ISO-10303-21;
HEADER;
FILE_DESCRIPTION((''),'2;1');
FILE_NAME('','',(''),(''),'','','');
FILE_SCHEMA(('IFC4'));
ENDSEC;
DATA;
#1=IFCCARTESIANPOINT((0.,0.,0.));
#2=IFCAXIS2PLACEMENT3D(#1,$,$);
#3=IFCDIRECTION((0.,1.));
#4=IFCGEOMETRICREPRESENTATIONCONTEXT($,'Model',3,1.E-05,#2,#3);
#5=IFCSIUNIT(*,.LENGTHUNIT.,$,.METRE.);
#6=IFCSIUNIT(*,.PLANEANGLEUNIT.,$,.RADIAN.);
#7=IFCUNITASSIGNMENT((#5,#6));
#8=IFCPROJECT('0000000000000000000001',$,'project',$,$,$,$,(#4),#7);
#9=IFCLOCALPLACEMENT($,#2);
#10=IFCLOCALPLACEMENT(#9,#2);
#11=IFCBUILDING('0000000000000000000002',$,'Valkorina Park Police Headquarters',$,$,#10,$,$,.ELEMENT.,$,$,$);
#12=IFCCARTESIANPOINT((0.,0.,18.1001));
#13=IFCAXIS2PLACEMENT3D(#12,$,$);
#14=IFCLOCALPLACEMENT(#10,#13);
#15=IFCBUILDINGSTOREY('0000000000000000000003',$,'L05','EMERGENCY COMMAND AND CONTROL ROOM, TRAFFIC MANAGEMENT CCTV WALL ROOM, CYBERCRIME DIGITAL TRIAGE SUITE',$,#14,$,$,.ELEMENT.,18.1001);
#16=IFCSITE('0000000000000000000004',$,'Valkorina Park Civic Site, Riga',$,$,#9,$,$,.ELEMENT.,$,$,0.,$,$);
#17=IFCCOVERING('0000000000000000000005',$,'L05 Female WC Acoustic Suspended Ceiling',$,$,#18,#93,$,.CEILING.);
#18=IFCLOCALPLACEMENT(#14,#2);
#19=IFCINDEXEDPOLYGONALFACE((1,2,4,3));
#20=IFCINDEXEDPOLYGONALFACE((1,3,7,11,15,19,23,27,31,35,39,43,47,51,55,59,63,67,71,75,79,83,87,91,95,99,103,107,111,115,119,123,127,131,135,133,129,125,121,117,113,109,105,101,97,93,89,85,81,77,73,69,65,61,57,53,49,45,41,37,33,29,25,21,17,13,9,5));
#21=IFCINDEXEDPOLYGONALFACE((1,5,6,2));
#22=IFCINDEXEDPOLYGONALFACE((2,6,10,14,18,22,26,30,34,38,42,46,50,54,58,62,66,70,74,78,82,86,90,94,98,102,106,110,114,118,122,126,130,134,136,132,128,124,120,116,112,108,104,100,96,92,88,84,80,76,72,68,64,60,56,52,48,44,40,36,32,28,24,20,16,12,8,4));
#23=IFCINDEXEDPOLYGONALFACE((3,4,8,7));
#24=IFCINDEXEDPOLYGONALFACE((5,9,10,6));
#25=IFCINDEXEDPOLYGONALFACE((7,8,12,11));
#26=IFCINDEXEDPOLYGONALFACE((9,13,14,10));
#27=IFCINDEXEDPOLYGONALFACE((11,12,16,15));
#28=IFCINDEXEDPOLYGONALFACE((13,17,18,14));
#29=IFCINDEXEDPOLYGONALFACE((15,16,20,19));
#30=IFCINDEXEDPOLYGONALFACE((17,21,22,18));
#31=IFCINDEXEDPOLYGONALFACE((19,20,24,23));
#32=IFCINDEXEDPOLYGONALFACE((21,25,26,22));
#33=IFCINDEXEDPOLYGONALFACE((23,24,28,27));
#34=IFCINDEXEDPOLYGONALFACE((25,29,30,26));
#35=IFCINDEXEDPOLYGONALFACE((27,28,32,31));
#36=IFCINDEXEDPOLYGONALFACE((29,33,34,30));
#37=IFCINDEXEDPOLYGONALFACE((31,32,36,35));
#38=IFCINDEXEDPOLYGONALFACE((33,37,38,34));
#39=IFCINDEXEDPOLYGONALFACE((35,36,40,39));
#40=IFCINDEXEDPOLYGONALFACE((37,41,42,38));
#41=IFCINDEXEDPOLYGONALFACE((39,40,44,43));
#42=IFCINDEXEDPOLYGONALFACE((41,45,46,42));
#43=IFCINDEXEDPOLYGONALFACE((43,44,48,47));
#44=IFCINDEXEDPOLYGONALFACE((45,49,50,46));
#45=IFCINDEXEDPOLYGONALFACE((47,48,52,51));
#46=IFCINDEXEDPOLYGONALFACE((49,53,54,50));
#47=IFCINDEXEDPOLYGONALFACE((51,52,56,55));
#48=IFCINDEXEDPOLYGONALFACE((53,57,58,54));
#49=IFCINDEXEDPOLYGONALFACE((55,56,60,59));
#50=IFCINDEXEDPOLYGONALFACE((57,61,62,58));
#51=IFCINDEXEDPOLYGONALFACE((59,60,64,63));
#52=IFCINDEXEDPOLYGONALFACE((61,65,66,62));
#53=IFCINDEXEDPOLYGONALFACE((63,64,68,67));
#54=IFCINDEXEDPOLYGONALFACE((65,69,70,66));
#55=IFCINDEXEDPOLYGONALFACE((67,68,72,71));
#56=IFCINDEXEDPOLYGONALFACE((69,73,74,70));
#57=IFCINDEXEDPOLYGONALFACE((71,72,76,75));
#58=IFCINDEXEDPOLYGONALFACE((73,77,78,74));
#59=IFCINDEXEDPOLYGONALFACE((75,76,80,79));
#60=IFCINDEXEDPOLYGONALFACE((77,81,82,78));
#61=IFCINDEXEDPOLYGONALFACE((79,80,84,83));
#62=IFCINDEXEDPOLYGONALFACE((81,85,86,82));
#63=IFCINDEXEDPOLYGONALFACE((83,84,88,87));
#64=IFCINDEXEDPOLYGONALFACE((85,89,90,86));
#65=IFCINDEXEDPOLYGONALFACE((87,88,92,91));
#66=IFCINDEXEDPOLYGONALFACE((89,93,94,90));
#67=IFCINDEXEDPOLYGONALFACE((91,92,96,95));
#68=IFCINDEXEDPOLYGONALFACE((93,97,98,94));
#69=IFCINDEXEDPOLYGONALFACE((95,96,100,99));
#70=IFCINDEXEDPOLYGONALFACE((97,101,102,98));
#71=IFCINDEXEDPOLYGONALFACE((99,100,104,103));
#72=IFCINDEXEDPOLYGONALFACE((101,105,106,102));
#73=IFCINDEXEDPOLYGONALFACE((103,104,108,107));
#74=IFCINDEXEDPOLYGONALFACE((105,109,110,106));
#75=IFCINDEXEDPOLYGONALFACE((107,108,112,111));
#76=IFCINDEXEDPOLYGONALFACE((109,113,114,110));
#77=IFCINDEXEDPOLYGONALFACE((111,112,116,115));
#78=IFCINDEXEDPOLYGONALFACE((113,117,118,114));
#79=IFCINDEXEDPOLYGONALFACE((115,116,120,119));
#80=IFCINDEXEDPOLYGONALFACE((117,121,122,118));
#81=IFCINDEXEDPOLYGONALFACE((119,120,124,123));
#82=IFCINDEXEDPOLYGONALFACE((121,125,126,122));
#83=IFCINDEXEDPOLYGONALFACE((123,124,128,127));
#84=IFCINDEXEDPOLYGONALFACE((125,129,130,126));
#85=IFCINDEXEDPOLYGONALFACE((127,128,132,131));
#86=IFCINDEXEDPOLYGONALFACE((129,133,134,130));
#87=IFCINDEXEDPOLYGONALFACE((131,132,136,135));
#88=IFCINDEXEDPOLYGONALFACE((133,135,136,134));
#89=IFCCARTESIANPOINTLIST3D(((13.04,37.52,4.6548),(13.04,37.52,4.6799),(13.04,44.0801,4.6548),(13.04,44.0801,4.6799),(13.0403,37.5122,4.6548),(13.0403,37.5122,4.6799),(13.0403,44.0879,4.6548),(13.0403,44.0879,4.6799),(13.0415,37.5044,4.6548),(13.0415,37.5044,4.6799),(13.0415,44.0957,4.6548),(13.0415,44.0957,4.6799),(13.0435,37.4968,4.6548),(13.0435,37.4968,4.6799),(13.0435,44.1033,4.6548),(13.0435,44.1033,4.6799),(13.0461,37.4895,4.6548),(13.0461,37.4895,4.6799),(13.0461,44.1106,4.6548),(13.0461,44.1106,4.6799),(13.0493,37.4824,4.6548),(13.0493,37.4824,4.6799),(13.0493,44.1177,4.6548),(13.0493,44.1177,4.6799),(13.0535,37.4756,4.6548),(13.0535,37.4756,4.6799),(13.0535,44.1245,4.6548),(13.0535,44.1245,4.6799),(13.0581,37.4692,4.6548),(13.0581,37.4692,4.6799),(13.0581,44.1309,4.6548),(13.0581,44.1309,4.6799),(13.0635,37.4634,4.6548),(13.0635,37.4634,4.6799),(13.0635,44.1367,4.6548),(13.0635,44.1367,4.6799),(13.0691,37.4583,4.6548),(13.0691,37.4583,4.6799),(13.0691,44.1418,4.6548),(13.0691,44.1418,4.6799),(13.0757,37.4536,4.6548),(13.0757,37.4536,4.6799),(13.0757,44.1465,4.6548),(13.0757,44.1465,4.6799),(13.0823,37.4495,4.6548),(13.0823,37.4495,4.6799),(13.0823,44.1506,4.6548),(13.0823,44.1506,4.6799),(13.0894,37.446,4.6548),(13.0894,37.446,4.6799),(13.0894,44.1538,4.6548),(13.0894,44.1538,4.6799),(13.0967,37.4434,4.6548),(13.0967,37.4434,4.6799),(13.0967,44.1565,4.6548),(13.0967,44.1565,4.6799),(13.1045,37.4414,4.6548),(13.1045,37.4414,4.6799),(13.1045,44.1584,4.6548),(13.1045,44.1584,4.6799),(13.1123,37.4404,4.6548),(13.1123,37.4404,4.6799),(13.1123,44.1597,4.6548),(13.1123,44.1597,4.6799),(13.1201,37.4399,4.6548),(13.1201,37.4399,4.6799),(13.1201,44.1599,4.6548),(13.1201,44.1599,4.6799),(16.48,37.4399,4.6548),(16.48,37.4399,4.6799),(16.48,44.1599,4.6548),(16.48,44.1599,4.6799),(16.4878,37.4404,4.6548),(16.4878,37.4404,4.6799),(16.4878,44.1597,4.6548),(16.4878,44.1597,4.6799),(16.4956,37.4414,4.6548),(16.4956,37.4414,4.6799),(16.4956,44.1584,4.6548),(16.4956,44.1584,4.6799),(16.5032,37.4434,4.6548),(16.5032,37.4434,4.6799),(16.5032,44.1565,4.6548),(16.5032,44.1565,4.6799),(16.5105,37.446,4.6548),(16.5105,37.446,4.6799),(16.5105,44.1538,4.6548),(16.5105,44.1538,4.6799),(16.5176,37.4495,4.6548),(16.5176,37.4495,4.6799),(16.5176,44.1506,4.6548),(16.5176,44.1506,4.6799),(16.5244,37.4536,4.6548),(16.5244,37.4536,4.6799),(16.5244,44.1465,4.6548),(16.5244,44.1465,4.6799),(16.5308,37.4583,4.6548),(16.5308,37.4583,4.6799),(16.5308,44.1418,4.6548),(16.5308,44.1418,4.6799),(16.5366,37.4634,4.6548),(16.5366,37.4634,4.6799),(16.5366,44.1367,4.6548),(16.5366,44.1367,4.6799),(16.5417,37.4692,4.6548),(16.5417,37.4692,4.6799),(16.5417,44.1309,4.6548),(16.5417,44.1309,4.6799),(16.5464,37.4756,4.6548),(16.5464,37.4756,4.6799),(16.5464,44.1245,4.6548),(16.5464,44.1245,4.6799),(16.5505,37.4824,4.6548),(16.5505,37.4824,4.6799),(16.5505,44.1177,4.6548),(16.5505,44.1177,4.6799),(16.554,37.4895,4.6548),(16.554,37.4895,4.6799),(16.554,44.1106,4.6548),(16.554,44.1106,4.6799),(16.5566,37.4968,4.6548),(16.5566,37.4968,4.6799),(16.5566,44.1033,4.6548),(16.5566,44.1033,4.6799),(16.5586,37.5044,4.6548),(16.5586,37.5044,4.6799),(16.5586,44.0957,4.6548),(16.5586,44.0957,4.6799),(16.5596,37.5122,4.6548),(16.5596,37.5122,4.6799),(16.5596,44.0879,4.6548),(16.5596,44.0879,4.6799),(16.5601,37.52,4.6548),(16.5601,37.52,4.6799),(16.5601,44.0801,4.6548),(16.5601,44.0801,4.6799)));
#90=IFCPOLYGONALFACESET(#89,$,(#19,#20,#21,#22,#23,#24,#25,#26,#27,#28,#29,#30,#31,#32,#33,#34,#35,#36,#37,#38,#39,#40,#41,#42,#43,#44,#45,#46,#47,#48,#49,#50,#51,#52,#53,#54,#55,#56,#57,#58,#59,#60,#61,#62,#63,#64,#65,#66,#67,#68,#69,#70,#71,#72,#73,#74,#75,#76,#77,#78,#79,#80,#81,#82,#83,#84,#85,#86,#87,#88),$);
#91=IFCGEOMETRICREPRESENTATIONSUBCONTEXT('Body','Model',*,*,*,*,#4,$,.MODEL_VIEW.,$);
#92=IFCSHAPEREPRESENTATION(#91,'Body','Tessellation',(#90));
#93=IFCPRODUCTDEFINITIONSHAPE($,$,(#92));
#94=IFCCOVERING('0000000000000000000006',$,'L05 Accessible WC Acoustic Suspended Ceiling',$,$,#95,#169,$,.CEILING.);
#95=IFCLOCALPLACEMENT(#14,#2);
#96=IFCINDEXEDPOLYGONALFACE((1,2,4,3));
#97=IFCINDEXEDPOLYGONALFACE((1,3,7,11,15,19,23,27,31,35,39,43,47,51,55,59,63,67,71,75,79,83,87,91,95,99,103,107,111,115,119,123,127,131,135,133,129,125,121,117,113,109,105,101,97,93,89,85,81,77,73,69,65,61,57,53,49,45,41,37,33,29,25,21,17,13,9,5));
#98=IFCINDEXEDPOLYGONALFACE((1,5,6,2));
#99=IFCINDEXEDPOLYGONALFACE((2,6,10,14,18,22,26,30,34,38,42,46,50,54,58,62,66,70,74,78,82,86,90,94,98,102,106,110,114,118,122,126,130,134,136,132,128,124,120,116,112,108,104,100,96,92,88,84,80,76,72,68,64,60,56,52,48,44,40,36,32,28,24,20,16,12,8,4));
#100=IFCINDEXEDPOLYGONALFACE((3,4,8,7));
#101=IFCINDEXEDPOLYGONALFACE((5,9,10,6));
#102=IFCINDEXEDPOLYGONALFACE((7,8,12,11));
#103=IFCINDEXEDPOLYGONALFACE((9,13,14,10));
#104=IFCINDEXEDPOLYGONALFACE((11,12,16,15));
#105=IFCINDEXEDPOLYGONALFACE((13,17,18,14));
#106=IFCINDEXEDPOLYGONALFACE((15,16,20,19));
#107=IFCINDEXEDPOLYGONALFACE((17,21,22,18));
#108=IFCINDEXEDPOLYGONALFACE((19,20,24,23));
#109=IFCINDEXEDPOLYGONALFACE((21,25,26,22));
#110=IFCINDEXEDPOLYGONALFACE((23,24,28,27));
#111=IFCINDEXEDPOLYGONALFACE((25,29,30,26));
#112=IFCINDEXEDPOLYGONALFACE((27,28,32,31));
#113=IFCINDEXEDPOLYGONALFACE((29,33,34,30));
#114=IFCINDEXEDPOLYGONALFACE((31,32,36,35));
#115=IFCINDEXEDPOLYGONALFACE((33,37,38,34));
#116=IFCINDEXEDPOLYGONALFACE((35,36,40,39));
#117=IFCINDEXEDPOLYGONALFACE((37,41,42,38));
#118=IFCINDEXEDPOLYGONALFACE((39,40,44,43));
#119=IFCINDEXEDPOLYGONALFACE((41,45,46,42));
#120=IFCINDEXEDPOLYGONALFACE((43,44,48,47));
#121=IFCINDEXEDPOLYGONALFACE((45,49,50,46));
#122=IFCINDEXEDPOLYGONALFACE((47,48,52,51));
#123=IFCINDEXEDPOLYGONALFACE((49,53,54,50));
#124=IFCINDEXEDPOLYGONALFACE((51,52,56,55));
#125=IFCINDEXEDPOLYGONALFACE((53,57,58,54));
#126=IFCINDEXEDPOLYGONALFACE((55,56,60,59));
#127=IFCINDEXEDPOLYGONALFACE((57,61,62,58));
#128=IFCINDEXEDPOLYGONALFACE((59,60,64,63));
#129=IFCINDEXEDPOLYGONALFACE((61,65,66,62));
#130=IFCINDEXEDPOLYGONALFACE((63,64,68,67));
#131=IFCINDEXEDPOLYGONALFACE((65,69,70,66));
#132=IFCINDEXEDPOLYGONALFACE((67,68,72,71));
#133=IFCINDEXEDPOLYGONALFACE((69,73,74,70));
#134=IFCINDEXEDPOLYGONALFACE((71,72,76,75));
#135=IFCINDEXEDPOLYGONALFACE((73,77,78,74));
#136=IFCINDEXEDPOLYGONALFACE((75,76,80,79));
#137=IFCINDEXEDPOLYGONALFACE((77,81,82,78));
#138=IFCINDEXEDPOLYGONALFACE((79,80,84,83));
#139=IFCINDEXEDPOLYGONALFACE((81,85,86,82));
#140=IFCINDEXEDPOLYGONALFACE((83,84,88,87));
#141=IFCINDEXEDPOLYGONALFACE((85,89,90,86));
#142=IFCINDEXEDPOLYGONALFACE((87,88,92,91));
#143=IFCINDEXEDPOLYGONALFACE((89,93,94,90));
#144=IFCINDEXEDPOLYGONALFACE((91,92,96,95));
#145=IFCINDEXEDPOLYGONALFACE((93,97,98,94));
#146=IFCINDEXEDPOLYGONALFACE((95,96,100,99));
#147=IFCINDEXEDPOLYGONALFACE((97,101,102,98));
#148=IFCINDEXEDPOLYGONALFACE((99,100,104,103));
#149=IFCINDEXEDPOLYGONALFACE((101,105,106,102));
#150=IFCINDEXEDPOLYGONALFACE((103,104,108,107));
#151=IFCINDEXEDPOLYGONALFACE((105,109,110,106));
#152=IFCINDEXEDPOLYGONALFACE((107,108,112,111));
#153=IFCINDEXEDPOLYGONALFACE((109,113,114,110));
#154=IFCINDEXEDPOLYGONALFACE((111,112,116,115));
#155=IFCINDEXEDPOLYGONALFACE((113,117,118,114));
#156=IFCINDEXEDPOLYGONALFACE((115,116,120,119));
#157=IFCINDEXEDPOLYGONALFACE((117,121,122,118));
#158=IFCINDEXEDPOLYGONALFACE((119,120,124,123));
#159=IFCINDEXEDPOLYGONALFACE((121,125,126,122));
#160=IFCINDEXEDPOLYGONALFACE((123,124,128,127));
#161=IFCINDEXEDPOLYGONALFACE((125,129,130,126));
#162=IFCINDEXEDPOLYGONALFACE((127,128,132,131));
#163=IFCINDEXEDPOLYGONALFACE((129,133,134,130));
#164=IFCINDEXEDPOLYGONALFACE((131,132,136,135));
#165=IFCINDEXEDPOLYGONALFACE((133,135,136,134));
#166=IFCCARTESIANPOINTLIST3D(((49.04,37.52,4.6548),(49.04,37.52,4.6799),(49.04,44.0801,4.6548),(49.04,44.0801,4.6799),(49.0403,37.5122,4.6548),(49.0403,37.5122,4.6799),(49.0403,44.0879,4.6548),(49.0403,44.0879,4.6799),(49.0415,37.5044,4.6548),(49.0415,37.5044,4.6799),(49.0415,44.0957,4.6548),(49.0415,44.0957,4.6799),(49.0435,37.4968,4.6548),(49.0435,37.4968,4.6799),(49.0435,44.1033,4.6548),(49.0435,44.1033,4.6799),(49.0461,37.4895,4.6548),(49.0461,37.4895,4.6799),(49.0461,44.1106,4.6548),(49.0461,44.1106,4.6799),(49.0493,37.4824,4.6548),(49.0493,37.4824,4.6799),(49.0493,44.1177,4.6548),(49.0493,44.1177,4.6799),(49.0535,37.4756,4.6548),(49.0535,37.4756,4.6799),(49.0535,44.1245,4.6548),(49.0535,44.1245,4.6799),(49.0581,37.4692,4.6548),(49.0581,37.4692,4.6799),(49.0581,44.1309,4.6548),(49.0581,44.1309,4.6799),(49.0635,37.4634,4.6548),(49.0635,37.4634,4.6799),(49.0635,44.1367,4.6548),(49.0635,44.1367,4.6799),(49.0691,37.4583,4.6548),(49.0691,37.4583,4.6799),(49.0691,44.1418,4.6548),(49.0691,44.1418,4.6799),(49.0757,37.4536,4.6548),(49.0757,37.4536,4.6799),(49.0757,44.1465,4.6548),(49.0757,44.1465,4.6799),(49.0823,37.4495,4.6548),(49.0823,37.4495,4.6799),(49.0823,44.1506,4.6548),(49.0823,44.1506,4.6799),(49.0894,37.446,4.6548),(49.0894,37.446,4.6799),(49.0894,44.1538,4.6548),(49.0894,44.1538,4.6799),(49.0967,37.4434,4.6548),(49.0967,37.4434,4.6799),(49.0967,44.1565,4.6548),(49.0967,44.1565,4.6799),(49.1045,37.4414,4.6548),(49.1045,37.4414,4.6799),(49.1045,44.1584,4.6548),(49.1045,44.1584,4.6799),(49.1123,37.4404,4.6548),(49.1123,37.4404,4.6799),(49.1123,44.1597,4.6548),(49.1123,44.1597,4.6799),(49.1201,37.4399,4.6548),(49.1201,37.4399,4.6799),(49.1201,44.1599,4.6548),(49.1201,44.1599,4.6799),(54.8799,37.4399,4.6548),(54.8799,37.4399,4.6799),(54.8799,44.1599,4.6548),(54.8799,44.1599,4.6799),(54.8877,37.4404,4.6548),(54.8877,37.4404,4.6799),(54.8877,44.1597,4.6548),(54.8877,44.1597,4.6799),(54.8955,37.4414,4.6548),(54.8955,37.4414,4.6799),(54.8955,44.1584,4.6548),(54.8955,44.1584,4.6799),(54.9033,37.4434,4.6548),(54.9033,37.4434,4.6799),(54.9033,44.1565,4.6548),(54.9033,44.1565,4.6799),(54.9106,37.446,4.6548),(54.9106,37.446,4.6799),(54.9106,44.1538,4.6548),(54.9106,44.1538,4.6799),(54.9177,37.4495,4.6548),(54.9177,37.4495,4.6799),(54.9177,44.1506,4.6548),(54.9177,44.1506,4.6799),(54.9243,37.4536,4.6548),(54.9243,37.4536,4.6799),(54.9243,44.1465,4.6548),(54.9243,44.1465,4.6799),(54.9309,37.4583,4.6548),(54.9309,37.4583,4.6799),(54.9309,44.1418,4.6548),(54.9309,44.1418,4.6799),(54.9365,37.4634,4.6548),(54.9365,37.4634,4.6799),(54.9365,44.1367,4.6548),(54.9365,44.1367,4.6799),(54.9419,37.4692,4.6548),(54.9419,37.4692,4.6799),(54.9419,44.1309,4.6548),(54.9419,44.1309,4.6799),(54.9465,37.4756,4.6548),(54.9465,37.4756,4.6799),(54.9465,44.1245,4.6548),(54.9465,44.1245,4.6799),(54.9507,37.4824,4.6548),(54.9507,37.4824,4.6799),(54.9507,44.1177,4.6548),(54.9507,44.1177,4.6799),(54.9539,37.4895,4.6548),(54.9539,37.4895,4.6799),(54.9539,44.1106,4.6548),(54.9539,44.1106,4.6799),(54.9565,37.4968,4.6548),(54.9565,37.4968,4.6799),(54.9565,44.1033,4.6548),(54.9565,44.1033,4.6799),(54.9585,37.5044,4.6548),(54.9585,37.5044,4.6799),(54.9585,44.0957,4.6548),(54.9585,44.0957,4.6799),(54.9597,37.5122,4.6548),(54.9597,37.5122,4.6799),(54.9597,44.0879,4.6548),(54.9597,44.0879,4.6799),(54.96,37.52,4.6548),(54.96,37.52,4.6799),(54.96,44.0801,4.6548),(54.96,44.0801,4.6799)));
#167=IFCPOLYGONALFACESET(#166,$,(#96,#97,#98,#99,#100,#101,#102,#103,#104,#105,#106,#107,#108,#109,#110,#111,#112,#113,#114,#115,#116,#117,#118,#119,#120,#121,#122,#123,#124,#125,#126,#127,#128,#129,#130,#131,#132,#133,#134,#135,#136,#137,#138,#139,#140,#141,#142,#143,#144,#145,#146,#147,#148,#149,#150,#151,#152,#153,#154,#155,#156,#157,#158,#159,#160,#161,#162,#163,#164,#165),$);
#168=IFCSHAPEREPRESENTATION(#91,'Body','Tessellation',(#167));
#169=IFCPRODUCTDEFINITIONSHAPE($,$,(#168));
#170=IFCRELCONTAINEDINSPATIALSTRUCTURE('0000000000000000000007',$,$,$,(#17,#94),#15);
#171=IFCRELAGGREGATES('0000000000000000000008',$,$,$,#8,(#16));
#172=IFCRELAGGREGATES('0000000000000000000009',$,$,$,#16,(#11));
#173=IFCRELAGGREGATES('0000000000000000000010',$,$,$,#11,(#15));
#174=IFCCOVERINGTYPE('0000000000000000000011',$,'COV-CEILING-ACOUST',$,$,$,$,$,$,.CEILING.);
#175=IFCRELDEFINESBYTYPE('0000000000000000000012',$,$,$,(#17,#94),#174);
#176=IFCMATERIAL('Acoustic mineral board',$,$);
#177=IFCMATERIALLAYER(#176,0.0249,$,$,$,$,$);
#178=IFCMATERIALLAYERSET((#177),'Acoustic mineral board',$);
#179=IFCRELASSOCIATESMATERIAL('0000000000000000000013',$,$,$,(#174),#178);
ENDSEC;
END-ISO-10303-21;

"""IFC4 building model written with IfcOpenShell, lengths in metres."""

from ifc_helpers import new_model, si_unit, direction, frame, origin, place, context, subcontext, project, spatial, polyline, outline, extrude, material, layer, layer_set, type_object, element, save


model = new_model("IFC4")

# Units and contexts
model_context = context("Model", 3, precision=1e-05, world=origin(), true_north=direction((0.0, 1.0)))
body_context = subcontext(model_context, "Body", "Model", "MODEL_VIEW")
ifc_project = project(units=[si_unit("LENGTHUNIT", "METRE"), si_unit("PLANEANGLEUNIT", "RADIAN")], contexts=[model_context])

# Site, building, storey
site_placement = place(None, origin())
site = spatial("IfcSite", under=ifc_project, at=site_placement, Name="Valkorina Park Civic Site, Riga", CompositionType="ELEMENT", RefElevation=0.0)
building_placement = place(site_placement, origin())
building = spatial("IfcBuilding", under=site, at=building_placement, Name="Valkorina Park Police Headquarters", CompositionType="ELEMENT")
storey_placement = place(building_placement, frame((0.0, 0.0, 18.1001)))
storey = spatial("IfcBuildingStorey", under=building, at=storey_placement, Name="L05", Description="EMERGENCY COMMAND AND CONTROL ROOM, TRAFFIC MANAGEMENT CCTV WALL ROOM, CYBERCRIME DIGITAL TRIAGE SUITE", CompositionType="ELEMENT", Elevation=18.1001)

# Coverings
ifc_material_1 = material(Name="Acoustic mineral board")
ifc_layer_1 = layer(ifc_material_1, 0.0249)
ifc_layer_set_1 = layer_set([ifc_layer_1], Name="Acoustic mineral board")
covering_type_1 = type_object("IfcCoveringType", Name="COV-CEILING-ACOUST", PredefinedType="CEILING", material=ifc_layer_set_1)
covering_1_placement = place(storey_placement, frame((0.0, 0.0, 4.6548)))
element("IfcCovering", 1, at=covering_1_placement, inside=storey, type_object=covering_type_1, Name="L05 Female WC Acoustic Suspended Ceiling", PredefinedType="CEILING", context=body_context, shape_type="SweptSolid", body=[
    extrude(outline(polyline([(16.4956, 44.1584), (16.4878, 44.1597), (16.48, 44.1599), (13.1201, 44.1599), (13.1123, 44.1597), (13.1045, 44.1584), (13.0967, 44.1565), (13.0894, 44.1538), (13.0823, 44.1506), (13.0757, 44.1465), (13.0691, 44.1418), (13.0635, 44.1367), (13.0581, 44.1309), (13.0535, 44.1245), (13.0493, 44.1177), (13.0461, 44.1106), (13.0435, 44.1033), (13.0415, 44.0957), (13.0403, 44.0879), (13.04, 44.0801), (13.04, 37.52), (13.0403, 37.5122), (13.0415, 37.5044), (13.0435, 37.4968), (13.0461, 37.4895), (13.0493, 37.4824), (13.0535, 37.4756), (13.0581, 37.4692), (13.0635, 37.4634), (13.0691, 37.4583), (13.0757, 37.4536), (13.0823, 37.4495), (13.0894, 37.446), (13.0967, 37.4434), (13.1045, 37.4414), (13.1123, 37.4404), (13.1201, 37.4399), (16.48, 37.4399), (16.4878, 37.4404), (16.4956, 37.4414), (16.5032, 37.4434), (16.5105, 37.446), (16.5176, 37.4495), (16.5244, 37.4536), (16.5308, 37.4583), (16.5366, 37.4634), (16.5417, 37.4692), (16.5464, 37.4756), (16.5505, 37.4824), (16.554, 37.4895), (16.5566, 37.4968), (16.5586, 37.5044), (16.5596, 37.5122), (16.5601, 37.52), (16.5601, 44.0801), (16.5596, 44.0879), (16.5586, 44.0957), (16.5566, 44.1033), (16.554, 44.1106), (16.5505, 44.1177), (16.5464, 44.1245), (16.5417, 44.1309), (16.5366, 44.1367), (16.5308, 44.1418), (16.5244, 44.1465), (16.5176, 44.1506), (16.5105, 44.1538), (16.5032, 44.1565), (16.4956, 44.1584)])), origin(), (0.0, 0.0, 1.0), 0.0251),
])
covering_2_placement = place(storey_placement, frame((0.0, 0.0, 4.6548)))
element("IfcCovering", 2, at=covering_2_placement, inside=storey, type_object=covering_type_1, Name="L05 Accessible WC Acoustic Suspended Ceiling", PredefinedType="CEILING", context=body_context, shape_type="SweptSolid", body=[
    extrude(outline(polyline([(54.8955, 44.1584), (54.8877, 44.1597), (54.8799, 44.1599), (49.1201, 44.1599), (49.1123, 44.1597), (49.1045, 44.1584), (49.0967, 44.1565), (49.0894, 44.1538), (49.0823, 44.1506), (49.0757, 44.1465), (49.0691, 44.1418), (49.0635, 44.1367), (49.0581, 44.1309), (49.0535, 44.1245), (49.0493, 44.1177), (49.0461, 44.1106), (49.0435, 44.1033), (49.0415, 44.0957), (49.0403, 44.0879), (49.04, 44.0801), (49.04, 37.52), (49.0403, 37.5122), (49.0415, 37.5044), (49.0435, 37.4968), (49.0461, 37.4895), (49.0493, 37.4824), (49.0535, 37.4756), (49.0581, 37.4692), (49.0635, 37.4634), (49.0691, 37.4583), (49.0757, 37.4536), (49.0823, 37.4495), (49.0894, 37.446), (49.0967, 37.4434), (49.1045, 37.4414), (49.1123, 37.4404), (49.1201, 37.4399), (54.8799, 37.4399), (54.8877, 37.4404), (54.8955, 37.4414), (54.9033, 37.4434), (54.9106, 37.446), (54.9177, 37.4495), (54.9243, 37.4536), (54.9309, 37.4583), (54.9365, 37.4634), (54.9419, 37.4692), (54.9465, 37.4756), (54.9507, 37.4824), (54.9539, 37.4895), (54.9565, 37.4968), (54.9585, 37.5044), (54.9597, 37.5122), (54.96, 37.52), (54.96, 44.0801), (54.9597, 44.0879), (54.9585, 44.0957), (54.9565, 44.1033), (54.9539, 44.1106), (54.9507, 44.1177), (54.9465, 44.1245), (54.9419, 44.1309), (54.9365, 44.1367), (54.9309, 44.1418), (54.9243, 44.1465), (54.9177, 44.1506), (54.9106, 44.1538), (54.9033, 44.1565), (54.8955, 44.1584)])), origin(), (0.0, 0.0, 1.0), 0.0251),
])

save(model, "model.ifc")
